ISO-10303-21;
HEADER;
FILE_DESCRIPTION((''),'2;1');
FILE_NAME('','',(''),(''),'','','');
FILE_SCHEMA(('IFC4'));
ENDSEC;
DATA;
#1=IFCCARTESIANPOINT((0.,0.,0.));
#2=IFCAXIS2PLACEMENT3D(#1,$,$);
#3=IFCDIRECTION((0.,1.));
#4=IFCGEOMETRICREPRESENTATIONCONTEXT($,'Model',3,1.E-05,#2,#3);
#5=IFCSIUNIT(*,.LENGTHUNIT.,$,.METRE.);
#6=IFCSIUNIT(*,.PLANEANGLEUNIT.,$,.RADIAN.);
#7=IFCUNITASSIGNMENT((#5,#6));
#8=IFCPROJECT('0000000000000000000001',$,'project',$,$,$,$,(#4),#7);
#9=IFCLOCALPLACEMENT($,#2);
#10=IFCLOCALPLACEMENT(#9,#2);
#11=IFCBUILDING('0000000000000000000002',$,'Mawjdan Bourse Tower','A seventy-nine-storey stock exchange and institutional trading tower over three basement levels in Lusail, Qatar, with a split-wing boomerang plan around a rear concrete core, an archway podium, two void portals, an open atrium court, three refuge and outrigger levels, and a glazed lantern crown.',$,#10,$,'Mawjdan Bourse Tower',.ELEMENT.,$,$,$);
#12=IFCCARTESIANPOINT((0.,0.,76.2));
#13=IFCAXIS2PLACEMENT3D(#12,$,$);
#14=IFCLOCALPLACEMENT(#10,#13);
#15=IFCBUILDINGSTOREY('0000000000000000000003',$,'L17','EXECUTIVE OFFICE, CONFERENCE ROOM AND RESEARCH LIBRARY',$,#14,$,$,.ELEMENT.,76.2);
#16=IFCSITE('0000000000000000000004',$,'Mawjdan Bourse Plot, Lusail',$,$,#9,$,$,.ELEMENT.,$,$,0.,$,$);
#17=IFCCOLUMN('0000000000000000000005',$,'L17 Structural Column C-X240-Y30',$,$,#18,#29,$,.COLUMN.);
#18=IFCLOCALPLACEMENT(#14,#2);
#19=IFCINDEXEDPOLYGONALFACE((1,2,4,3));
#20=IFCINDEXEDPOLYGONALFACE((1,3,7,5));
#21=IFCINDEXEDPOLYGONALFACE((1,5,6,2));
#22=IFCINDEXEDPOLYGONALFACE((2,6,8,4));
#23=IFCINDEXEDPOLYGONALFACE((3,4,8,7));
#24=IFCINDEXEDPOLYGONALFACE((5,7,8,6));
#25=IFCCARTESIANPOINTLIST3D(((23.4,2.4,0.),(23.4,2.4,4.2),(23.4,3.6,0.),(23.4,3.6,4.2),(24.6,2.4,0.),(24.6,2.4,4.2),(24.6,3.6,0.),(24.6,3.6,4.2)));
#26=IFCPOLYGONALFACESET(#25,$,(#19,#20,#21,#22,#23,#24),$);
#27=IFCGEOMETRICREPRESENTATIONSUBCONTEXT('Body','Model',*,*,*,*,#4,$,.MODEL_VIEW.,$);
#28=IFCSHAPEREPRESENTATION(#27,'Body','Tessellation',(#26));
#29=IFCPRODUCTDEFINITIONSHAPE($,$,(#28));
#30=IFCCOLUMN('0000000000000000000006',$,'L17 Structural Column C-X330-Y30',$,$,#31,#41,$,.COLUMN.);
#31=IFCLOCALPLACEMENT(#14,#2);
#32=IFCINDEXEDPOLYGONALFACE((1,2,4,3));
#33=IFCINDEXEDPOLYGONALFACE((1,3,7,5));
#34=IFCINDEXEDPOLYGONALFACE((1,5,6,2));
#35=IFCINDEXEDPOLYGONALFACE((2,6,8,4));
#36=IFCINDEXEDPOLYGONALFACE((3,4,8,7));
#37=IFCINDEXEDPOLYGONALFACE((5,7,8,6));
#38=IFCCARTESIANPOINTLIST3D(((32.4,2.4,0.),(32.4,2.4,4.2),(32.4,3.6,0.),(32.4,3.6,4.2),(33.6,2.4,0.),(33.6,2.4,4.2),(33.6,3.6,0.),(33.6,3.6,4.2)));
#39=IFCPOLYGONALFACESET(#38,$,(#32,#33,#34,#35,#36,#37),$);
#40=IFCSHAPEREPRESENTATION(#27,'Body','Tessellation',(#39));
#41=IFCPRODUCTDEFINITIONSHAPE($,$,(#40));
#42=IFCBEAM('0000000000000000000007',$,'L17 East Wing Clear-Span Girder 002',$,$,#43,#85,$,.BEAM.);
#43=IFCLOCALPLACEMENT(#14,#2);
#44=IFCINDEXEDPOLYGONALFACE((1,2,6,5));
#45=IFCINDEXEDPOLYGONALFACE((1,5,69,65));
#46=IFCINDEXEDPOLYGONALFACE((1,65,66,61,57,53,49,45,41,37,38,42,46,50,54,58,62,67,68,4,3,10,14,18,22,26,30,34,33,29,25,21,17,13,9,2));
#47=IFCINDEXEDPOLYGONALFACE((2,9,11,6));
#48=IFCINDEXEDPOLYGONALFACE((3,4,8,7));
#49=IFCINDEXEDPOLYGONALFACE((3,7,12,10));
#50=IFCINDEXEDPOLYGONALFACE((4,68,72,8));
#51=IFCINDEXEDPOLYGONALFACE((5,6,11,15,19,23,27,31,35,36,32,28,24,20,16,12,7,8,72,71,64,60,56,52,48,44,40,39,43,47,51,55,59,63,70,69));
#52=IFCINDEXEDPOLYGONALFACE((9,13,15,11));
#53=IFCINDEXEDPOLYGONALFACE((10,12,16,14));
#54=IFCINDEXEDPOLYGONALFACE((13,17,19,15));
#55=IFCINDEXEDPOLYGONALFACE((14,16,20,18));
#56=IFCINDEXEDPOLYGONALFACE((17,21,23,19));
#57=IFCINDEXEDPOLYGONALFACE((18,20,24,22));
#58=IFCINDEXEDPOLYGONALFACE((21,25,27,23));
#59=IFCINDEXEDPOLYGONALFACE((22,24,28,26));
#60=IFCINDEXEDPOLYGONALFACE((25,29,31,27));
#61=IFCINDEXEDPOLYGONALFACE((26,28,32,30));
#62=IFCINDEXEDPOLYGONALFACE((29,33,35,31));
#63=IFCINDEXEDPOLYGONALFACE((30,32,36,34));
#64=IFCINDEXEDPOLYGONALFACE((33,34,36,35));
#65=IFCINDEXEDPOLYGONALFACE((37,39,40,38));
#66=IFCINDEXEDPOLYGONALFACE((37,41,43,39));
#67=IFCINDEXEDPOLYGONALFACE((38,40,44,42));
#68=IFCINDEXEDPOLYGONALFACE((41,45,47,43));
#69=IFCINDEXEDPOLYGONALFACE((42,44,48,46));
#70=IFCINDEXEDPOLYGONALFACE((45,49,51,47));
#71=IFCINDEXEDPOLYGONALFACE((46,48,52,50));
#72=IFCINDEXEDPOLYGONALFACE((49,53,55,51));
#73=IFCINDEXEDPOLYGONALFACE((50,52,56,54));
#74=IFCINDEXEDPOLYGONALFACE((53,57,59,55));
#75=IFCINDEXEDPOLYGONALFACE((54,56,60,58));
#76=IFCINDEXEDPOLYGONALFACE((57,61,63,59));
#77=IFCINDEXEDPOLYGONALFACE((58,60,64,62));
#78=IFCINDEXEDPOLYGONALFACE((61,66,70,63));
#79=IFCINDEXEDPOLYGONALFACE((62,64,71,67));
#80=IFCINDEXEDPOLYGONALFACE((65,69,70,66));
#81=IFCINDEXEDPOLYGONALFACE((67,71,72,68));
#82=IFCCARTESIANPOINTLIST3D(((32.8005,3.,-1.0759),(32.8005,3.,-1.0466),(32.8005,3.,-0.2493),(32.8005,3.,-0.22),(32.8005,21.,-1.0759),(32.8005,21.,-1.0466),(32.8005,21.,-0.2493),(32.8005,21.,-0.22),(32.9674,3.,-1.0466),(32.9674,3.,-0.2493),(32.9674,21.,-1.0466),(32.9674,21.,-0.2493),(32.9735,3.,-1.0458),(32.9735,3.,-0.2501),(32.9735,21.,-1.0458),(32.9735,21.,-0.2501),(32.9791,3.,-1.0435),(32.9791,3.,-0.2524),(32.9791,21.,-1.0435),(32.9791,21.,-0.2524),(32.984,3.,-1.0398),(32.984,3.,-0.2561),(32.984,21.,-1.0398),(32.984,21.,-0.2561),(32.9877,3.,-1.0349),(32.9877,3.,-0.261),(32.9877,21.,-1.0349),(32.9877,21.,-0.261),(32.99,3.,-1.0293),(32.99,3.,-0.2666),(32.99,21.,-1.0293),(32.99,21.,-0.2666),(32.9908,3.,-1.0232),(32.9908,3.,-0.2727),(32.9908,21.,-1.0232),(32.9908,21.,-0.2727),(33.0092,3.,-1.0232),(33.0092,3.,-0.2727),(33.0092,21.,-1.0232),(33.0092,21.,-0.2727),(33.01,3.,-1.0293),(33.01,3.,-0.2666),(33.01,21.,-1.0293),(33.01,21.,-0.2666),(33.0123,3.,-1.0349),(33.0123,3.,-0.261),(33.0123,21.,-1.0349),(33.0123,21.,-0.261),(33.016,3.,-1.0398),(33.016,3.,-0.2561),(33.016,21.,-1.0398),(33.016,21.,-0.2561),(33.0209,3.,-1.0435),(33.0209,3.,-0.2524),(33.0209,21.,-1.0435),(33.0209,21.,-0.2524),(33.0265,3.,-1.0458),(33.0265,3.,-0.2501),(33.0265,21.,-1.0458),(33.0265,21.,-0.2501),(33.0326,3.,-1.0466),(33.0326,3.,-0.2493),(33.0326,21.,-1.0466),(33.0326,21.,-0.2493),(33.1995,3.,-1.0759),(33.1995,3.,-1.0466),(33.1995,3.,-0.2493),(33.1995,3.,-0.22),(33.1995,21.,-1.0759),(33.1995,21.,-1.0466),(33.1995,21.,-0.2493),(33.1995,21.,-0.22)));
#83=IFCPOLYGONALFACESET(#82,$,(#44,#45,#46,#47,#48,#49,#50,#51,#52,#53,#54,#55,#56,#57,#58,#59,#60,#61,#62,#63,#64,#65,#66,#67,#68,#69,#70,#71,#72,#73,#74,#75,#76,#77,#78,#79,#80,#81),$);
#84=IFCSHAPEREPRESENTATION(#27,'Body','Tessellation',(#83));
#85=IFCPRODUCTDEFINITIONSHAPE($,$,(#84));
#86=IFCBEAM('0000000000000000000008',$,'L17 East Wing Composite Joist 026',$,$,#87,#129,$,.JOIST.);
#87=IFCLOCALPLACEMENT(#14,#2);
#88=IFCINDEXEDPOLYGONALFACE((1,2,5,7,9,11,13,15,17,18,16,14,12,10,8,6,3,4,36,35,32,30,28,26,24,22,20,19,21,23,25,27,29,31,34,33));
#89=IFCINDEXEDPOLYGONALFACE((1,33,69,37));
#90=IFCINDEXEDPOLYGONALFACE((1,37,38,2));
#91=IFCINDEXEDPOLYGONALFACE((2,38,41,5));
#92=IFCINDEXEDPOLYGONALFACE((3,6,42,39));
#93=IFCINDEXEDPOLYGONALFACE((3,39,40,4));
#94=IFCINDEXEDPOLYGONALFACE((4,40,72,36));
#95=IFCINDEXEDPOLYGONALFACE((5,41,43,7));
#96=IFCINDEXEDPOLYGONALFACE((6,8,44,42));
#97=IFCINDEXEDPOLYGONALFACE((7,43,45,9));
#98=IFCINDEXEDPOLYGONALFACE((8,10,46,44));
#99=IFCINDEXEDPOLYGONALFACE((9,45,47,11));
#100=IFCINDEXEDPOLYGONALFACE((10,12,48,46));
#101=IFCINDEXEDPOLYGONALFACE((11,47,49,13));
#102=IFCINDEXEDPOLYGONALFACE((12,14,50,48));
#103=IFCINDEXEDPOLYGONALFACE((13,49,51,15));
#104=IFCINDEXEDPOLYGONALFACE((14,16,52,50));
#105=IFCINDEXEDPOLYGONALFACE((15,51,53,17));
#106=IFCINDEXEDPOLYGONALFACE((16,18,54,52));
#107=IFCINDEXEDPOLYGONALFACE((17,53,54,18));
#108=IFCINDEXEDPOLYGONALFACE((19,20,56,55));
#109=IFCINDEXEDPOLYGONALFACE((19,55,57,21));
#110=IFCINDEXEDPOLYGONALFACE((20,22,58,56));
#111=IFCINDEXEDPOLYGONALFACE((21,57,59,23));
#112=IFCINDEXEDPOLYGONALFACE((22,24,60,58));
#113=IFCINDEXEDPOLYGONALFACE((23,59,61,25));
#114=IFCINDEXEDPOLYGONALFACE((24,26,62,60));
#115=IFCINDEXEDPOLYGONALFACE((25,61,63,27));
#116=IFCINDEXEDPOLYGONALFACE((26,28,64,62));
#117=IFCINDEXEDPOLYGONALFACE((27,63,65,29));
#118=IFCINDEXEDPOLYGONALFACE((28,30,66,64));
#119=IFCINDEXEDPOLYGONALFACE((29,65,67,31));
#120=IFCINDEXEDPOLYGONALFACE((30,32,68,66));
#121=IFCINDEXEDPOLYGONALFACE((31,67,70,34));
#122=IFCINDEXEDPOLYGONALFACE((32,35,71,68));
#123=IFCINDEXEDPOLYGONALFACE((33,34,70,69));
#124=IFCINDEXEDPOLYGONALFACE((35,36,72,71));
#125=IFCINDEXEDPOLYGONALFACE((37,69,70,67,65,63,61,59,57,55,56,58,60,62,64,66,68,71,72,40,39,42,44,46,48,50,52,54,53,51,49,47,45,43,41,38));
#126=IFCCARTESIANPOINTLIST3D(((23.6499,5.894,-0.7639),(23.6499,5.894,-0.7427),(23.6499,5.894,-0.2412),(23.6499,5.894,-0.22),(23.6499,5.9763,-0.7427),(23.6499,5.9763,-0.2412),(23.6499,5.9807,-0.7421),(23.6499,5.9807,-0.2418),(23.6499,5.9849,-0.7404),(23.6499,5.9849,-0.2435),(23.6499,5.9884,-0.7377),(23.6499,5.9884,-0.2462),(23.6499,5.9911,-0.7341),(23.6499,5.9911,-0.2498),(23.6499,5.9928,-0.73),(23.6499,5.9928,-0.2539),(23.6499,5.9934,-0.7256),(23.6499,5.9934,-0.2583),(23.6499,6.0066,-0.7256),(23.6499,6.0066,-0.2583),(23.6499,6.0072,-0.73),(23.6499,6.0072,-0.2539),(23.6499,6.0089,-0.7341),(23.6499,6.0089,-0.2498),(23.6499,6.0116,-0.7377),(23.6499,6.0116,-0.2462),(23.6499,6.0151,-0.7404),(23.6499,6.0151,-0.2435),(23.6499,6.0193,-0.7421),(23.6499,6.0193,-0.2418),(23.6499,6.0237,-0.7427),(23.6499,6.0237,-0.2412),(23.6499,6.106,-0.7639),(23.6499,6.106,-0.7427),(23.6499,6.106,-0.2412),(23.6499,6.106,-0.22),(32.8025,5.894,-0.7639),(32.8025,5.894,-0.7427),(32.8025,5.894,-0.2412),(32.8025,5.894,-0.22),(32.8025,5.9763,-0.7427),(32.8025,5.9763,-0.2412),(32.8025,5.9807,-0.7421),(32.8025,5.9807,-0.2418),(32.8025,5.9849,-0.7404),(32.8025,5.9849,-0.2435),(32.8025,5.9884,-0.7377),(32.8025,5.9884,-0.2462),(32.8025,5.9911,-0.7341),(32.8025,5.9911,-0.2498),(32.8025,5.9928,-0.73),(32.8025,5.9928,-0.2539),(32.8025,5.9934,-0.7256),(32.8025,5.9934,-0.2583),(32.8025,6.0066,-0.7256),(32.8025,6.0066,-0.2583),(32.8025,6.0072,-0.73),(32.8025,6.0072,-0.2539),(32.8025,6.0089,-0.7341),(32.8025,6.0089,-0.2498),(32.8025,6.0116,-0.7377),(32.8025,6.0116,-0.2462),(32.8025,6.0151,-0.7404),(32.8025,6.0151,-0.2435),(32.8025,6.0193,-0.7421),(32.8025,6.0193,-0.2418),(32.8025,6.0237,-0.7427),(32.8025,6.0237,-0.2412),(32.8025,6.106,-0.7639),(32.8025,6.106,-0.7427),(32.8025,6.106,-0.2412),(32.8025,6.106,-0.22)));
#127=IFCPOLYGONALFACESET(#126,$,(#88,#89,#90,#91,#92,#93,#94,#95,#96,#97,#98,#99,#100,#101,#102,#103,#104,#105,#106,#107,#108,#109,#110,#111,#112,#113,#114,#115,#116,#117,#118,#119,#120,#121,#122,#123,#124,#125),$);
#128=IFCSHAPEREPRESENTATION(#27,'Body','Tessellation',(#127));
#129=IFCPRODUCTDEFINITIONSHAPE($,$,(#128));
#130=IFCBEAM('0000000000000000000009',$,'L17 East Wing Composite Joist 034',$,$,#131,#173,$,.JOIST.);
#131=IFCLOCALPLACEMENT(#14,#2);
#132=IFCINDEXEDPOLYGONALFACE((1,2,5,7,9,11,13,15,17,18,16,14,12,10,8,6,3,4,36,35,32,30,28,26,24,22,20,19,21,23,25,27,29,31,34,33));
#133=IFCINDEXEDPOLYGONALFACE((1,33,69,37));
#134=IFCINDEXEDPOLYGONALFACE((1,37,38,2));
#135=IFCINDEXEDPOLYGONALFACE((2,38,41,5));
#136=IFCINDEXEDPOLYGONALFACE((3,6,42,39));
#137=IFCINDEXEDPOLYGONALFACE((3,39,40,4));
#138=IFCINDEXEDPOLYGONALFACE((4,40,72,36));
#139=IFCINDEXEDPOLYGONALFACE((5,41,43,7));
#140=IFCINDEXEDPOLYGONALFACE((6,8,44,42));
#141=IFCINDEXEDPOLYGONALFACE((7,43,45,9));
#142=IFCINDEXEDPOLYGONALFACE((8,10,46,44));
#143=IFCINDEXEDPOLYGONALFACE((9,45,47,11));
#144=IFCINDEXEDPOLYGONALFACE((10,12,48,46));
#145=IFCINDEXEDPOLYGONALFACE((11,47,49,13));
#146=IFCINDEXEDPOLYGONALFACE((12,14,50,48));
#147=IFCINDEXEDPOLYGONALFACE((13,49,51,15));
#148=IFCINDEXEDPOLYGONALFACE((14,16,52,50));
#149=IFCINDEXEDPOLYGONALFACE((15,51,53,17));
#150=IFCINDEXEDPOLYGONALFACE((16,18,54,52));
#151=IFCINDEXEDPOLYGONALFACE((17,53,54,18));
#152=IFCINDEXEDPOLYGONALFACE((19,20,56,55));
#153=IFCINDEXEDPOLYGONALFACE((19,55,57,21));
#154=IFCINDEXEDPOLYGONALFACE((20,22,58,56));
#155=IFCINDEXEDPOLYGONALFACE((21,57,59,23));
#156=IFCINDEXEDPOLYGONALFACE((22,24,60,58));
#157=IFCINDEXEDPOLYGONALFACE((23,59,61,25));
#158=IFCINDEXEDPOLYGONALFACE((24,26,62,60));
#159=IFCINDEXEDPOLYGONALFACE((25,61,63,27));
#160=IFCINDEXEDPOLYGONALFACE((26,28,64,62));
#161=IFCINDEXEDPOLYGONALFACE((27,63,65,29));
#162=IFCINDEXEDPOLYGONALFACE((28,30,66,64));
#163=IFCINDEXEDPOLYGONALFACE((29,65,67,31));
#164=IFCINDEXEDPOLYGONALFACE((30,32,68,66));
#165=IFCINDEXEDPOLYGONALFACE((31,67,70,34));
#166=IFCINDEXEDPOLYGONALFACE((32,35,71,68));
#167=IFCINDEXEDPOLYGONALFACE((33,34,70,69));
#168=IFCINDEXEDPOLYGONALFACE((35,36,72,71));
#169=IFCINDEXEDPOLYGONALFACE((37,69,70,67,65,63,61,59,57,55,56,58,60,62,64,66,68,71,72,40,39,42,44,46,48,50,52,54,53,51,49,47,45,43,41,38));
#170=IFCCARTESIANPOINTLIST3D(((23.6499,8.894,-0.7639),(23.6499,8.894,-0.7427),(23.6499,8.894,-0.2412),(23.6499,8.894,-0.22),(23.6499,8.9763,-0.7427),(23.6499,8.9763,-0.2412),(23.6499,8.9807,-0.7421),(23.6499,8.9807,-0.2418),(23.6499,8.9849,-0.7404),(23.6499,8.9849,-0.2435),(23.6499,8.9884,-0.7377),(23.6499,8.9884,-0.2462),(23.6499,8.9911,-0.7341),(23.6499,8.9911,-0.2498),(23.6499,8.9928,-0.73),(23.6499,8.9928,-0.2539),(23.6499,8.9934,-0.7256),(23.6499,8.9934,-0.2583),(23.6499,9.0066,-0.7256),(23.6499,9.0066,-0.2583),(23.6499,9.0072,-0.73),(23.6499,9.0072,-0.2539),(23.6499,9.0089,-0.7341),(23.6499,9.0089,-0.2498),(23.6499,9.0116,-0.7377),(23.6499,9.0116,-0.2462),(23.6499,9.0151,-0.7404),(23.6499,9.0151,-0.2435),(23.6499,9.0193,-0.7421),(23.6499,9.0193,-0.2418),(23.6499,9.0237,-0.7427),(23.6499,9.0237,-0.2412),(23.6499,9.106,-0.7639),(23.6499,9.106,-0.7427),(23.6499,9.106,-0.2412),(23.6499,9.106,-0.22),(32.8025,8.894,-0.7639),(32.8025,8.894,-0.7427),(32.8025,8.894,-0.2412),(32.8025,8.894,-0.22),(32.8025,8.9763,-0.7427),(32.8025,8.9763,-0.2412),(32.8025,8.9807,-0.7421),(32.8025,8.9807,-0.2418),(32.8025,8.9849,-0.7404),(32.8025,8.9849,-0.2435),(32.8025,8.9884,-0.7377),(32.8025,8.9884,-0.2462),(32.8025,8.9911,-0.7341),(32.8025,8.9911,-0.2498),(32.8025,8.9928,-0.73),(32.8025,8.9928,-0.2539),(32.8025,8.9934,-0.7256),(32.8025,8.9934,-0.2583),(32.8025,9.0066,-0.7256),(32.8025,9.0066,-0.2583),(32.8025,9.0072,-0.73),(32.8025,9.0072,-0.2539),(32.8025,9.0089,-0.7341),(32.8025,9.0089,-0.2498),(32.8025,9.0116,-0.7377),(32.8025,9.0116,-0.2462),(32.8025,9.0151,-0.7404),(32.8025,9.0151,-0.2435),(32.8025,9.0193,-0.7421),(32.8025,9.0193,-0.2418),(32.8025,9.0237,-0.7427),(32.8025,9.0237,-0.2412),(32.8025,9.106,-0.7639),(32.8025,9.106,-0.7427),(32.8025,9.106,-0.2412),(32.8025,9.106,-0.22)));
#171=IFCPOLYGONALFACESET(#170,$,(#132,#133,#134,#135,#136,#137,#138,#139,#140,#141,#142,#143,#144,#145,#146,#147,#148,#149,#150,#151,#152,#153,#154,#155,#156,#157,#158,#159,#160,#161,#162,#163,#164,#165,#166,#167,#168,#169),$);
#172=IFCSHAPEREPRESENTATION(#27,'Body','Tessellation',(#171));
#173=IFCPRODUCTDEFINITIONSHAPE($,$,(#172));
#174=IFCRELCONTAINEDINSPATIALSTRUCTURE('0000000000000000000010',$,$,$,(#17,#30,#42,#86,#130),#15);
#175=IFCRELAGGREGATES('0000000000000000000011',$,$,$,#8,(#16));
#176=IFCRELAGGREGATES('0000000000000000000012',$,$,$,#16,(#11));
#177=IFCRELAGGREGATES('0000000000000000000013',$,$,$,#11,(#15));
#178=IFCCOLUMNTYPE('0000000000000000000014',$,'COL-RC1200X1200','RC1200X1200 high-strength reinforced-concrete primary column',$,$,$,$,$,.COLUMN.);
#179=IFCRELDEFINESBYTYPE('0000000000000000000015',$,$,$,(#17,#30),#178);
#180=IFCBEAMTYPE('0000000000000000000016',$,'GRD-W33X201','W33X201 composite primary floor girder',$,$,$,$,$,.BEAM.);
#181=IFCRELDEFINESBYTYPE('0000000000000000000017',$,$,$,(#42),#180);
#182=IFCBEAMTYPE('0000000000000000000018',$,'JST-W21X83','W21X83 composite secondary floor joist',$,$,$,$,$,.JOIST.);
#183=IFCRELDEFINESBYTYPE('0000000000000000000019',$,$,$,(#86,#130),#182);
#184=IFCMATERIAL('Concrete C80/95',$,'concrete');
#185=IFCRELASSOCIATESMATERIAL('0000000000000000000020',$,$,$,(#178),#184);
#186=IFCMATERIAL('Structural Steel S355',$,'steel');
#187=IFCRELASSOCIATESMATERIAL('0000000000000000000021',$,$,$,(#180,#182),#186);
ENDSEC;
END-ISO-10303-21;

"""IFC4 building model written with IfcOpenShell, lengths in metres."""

from ifc_helpers import new_model, si_unit, direction, frame, origin, origin_2d, place, context, subcontext, project, spatial, rectangle, i_section, extrude, material, material_profile, profile_set, type_object, element, save


model = new_model("IFC4")

# Units and contexts
model_context = context("Model", 3, precision=1e-05, world=origin(), true_north=direction((0.0, 1.0)))
body_context = subcontext(model_context, "Body", "Model", "MODEL_VIEW")
ifc_project = project(units=[si_unit("LENGTHUNIT", "METRE"), si_unit("PLANEANGLEUNIT", "RADIAN")], contexts=[model_context])

# Site, building, storey
site_placement = place(None, origin())
site = spatial("IfcSite", under=ifc_project, at=site_placement, Name="Mawjdan Bourse Plot, Lusail", CompositionType="ELEMENT", RefElevation=0.0)
building_placement = place(site_placement, origin())
building = spatial("IfcBuilding", under=site, at=building_placement, Name="Mawjdan Bourse Tower", Description="A seventy-nine-storey stock exchange and institutional trading tower over three basement levels in Lusail, Qatar, with a split-wing boomerang plan around a rear concrete core, an archway podium, two void portals, an open atrium court, three refuge and outrigger levels, and a glazed lantern crown.", LongName="Mawjdan Bourse Tower", CompositionType="ELEMENT")
storey_placement = place(building_placement, frame((0.0, 0.0, 76.2)))
storey = spatial("IfcBuildingStorey", under=building, at=storey_placement, Name="L17", Description="EXECUTIVE OFFICE, CONFERENCE ROOM AND RESEARCH LIBRARY", CompositionType="ELEMENT", Elevation=76.2)

# Columns
ifc_material_1 = material(Name="Concrete C80/95", Category="concrete")
ifc_material_profile_1 = material_profile(ifc_material_1, rectangle(XDim=1.2, YDim=1.2, at=origin_2d()), Name="RC1200X1200")
ifc_profile_set_1 = profile_set([ifc_material_profile_1], Name="Concrete C80/95")
column_type = type_object("IfcColumnType", Name="COL-RC1200X1200", Description="RC1200X1200 high-strength reinforced-concrete primary column", PredefinedType="COLUMN", material=ifc_profile_set_1)
for number, where, z_axis, x_axis, name in (
    (1, (24.0, 3.0, 0.0), (0.0, 0.0, 1.0), (1.0, 0.0, 0.0), "L17 Structural Column C-X240-Y30"),
    (2, (33.0, 3.0, 0.0), (0.0, 0.0, 1.0), (1.0, 0.0, 0.0), "L17 Structural Column C-X330-Y30"),
):
    element("IfcColumn", number, at=place(storey_placement, frame(where, z_axis=z_axis, x_axis=x_axis)), inside=storey, type_object=column_type, Name=name, PredefinedType="COLUMN", context=body_context, shape_type="SweptSolid", body=[
        extrude(rectangle(XDim=1.2, YDim=1.2, at=origin_2d()), origin(), (0.0, 0.0, 1.0), 4.2),
    ])

# Beams
ifc_material_2 = material(Name="Structural Steel S355", Category="steel")
ifc_material_profile_2 = material_profile(ifc_material_2, i_section(OverallWidth=0.3989, OverallDepth=0.856, WebThickness=0.0183, FlangeThickness=0.0293, FilletRadius=0.0234, at=origin_2d()), Name="W33X201")
ifc_profile_set_2 = profile_set([ifc_material_profile_2], Name="Structural Steel S355")
beam_type_1 = type_object("IfcBeamType", Name="GRD-W33X201", Description="W33X201 composite primary floor girder", PredefinedType="BEAM", material=ifc_profile_set_2)
beam_1_placement = place(storey_placement, frame((33.0, 3.0, -0.6479), z_axis=(0.0, 1.0, 0.0), x_axis=(-1.0, 0.0, 0.0)))
element("IfcBeam", 3, at=beam_1_placement, inside=storey, type_object=beam_type_1, Name="L17 East Wing Clear-Span Girder 002", PredefinedType="BEAM", context=body_context, shape_type="SweptSolid", body=[
    extrude(i_section(OverallWidth=0.3989, OverallDepth=0.856, WebThickness=0.0183, FlangeThickness=0.0293, FilletRadius=0.0234, at=origin_2d()), origin(), (0.0, 0.0, 1.0), 18.0),
])
ifc_material_profile_3 = material_profile(ifc_material_2, i_section(OverallWidth=0.2119, OverallDepth=0.5439, WebThickness=0.0132, FlangeThickness=0.0212, FilletRadius=0.0171, at=origin_2d()), Name="W21X83")
ifc_profile_set_3 = profile_set([ifc_material_profile_3], Name="Structural Steel S355")
beam_type_2 = type_object("IfcBeamType", Name="JST-W21X83", Description="W21X83 composite secondary floor joist", PredefinedType="JOIST", material=ifc_profile_set_3)
for number, where, z_axis, x_axis, name in (
    (4, (23.6499, 6.0, -0.4919), (1.0, 0.0, 0.0), (0.0, 1.0, 0.0), "L17 East Wing Composite Joist 026"),
    (5, (23.6499, 9.0, -0.4919), (1.0, 0.0, 0.0), (0.0, 1.0, 0.0), "L17 East Wing Composite Joist 034"),
):
    element("IfcBeam", number, at=place(storey_placement, frame(where, z_axis=z_axis, x_axis=x_axis)), inside=storey, type_object=beam_type_2, Name=name, PredefinedType="JOIST", context=body_context, shape_type="SweptSolid", body=[
        extrude(i_section(OverallWidth=0.2119, OverallDepth=0.5439, WebThickness=0.0132, FlangeThickness=0.0212, FilletRadius=0.0171, at=origin_2d()), origin(), (0.0, 0.0, 1.0), 9.1526),
    ])

save(model, "model.ifc")
